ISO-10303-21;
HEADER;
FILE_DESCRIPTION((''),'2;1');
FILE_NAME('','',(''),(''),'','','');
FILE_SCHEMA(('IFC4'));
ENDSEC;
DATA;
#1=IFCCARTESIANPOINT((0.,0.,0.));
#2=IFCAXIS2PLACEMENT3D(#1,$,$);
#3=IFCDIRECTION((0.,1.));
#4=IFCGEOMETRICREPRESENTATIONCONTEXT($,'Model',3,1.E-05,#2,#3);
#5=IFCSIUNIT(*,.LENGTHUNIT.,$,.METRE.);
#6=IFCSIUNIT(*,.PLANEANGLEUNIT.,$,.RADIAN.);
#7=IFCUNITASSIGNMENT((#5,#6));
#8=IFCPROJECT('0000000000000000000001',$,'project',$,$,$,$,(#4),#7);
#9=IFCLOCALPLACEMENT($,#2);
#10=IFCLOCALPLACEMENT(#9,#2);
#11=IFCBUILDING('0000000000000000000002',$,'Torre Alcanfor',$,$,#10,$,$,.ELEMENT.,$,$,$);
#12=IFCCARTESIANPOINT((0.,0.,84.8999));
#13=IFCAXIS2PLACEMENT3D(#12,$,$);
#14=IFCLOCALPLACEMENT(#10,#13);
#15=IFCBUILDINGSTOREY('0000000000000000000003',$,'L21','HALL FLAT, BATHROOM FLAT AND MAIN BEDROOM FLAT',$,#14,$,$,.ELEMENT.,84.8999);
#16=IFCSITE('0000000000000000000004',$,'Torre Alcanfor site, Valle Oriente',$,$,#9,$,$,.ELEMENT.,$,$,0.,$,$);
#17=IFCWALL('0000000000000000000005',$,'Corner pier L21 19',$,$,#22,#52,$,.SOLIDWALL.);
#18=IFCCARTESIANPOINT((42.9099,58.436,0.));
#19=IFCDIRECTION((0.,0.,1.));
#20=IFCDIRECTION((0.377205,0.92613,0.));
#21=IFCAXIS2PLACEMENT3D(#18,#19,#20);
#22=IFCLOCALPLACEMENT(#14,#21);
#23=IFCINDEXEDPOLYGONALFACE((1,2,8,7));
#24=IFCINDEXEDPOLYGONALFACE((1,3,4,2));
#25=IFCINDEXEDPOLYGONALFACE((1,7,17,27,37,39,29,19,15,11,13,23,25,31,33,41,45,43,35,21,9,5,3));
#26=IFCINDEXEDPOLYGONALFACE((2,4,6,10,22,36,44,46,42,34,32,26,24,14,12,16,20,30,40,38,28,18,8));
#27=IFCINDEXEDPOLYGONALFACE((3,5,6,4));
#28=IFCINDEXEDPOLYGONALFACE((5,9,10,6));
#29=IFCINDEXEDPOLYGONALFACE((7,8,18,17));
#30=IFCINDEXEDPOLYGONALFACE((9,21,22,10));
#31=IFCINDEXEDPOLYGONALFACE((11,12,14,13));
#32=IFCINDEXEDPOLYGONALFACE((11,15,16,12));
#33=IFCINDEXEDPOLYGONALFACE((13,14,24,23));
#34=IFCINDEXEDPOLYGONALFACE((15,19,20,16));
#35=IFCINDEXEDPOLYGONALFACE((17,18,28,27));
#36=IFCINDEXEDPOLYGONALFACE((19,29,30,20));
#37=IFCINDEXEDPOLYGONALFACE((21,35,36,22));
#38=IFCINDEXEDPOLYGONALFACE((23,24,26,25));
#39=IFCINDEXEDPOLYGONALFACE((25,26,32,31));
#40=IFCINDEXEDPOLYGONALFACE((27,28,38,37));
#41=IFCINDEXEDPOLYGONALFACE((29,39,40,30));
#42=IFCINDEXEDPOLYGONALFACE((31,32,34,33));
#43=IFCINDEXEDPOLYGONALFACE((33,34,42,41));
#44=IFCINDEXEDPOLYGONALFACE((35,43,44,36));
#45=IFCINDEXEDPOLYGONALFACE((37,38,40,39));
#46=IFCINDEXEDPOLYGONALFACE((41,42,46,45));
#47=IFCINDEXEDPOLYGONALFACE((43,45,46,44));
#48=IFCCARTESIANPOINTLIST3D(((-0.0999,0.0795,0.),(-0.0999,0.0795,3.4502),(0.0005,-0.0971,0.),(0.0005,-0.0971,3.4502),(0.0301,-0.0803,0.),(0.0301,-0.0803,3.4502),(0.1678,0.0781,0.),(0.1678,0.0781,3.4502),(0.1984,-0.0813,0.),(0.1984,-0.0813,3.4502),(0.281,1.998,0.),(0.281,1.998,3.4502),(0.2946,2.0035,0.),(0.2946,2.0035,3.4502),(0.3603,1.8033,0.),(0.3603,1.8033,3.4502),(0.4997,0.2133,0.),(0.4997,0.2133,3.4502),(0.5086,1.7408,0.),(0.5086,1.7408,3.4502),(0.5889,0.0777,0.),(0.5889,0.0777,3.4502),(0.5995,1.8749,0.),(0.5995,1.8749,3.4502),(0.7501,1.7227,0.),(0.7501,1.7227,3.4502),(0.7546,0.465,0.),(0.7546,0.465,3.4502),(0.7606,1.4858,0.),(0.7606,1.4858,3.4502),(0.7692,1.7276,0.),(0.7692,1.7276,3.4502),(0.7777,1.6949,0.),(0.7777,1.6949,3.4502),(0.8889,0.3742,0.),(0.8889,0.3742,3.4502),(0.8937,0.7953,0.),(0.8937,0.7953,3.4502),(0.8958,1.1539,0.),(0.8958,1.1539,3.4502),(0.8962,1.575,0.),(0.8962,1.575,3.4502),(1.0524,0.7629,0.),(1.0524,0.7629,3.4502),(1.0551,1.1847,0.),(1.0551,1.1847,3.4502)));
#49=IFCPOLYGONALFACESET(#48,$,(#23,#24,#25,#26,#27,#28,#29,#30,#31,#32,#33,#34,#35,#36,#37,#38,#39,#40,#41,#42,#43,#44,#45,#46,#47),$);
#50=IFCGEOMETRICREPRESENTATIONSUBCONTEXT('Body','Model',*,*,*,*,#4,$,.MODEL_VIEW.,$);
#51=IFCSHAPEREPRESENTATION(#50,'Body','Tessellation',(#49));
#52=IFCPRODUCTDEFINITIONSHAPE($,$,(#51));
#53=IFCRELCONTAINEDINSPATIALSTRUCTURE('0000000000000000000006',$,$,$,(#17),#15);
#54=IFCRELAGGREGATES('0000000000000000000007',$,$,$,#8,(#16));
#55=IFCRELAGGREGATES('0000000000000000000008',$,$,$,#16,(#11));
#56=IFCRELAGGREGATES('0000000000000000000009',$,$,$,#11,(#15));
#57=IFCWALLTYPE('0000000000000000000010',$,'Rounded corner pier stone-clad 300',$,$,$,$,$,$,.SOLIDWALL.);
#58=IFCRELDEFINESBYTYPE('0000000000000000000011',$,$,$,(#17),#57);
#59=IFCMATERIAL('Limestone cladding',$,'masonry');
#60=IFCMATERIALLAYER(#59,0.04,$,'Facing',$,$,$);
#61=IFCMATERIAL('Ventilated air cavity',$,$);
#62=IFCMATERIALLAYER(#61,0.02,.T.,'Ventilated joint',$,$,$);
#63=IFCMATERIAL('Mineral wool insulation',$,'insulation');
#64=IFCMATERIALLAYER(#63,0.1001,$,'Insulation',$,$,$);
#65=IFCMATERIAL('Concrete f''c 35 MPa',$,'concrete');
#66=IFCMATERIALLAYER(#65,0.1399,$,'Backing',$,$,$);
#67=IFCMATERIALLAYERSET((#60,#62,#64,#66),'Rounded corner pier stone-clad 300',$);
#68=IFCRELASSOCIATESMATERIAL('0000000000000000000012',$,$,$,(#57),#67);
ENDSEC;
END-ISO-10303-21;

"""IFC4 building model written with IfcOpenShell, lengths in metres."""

from ifc_helpers import new_model, si_unit, direction, frame, origin, place, context, subcontext, project, spatial, polyline, outline, extrude, material, layer, layer_set, type_object, element, save


model = new_model("IFC4")

# Units and contexts
model_context = context("Model", 3, precision=1e-05, world=origin(), true_north=direction((0.0, 1.0)))
body_context = subcontext(model_context, "Body", "Model", "MODEL_VIEW")
ifc_project = project(units=[si_unit("LENGTHUNIT", "METRE"), si_unit("PLANEANGLEUNIT", "RADIAN")], contexts=[model_context])

# Site, building, storey
site_placement = place(None, origin())
site = spatial("IfcSite", under=ifc_project, at=site_placement, Name="Torre Alcanfor site, Valle Oriente", CompositionType="ELEMENT", RefElevation=0.0)
building_placement = place(site_placement, origin())
building = spatial("IfcBuilding", under=site, at=building_placement, Name="Torre Alcanfor", CompositionType="ELEMENT")
storey_placement = place(building_placement, frame((0.0, 0.0, 84.8999)))
storey = spatial("IfcBuildingStorey", under=building, at=storey_placement, Name="L21", Description="HALL FLAT, BATHROOM FLAT AND MAIN BEDROOM FLAT", CompositionType="ELEMENT", Elevation=84.8999)

# Shared definitions
ifc_material_1 = material(Name="Limestone cladding", Category="masonry")
ifc_material_2 = material(Name="Ventilated air cavity")
ifc_material_3 = material(Name="Mineral wool insulation", Category="insulation")
ifc_material_4 = material(Name="Concrete f'c 35 MPa", Category="concrete")

# Wall
ifc_layer_1 = layer(ifc_material_1, 0.04, Name="Facing")
ifc_layer_2 = layer(ifc_material_2, 0.02, ventilated=True, Name="Ventilated joint")
ifc_layer_3 = layer(ifc_material_3, 0.1001, Name="Insulation")
ifc_layer_4 = layer(ifc_material_4, 0.1399, Name="Backing")
ifc_layer_set_1 = layer_set([ifc_layer_1, ifc_layer_2, ifc_layer_3, ifc_layer_4], Name="Rounded corner pier stone-clad 300")
wall_type_1 = type_object("IfcWallType", Name="Rounded corner pier stone-clad 300", PredefinedType="SOLIDWALL", material=ifc_layer_set_1)
wall_1_placement = place(storey_placement, frame((42.9099, 58.436, 0.0), z_axis=(0.0, 0.0, 1.0), x_axis=(0.377205, 0.92613, 0.0)))
element("IfcWall", 1, at=wall_1_placement, inside=storey, type_object=wall_type_1, Name="Corner pier L21 19", PredefinedType="SOLIDWALL", context=body_context, shape_type="SweptSolid", body=[
    extrude(outline(polyline([(0.7692, 1.7276), (0.7501, 1.7227), (0.5995, 1.8749), (0.2946, 2.0035), (0.281, 1.998), (0.3603, 1.8033), (0.5086, 1.7408), (0.7606, 1.4858), (0.8958, 1.1539), (0.8937, 0.7953), (0.7546, 0.465), (0.4997, 0.2133), (0.1678, 0.0781), (-0.0999, 0.0795), (0.0005, -0.0971), (0.0301, -0.0803), (0.1984, -0.0813), (0.5889, 0.0777), (0.8889, 0.3742), (1.0524, 0.7629), (1.0551, 1.1847), (0.8962, 1.575), (0.7777, 1.6949), (0.7692, 1.7276)])), origin(), (0.0, 0.0, 1.0), 3.4502),
])

save(model, "model.ifc")
